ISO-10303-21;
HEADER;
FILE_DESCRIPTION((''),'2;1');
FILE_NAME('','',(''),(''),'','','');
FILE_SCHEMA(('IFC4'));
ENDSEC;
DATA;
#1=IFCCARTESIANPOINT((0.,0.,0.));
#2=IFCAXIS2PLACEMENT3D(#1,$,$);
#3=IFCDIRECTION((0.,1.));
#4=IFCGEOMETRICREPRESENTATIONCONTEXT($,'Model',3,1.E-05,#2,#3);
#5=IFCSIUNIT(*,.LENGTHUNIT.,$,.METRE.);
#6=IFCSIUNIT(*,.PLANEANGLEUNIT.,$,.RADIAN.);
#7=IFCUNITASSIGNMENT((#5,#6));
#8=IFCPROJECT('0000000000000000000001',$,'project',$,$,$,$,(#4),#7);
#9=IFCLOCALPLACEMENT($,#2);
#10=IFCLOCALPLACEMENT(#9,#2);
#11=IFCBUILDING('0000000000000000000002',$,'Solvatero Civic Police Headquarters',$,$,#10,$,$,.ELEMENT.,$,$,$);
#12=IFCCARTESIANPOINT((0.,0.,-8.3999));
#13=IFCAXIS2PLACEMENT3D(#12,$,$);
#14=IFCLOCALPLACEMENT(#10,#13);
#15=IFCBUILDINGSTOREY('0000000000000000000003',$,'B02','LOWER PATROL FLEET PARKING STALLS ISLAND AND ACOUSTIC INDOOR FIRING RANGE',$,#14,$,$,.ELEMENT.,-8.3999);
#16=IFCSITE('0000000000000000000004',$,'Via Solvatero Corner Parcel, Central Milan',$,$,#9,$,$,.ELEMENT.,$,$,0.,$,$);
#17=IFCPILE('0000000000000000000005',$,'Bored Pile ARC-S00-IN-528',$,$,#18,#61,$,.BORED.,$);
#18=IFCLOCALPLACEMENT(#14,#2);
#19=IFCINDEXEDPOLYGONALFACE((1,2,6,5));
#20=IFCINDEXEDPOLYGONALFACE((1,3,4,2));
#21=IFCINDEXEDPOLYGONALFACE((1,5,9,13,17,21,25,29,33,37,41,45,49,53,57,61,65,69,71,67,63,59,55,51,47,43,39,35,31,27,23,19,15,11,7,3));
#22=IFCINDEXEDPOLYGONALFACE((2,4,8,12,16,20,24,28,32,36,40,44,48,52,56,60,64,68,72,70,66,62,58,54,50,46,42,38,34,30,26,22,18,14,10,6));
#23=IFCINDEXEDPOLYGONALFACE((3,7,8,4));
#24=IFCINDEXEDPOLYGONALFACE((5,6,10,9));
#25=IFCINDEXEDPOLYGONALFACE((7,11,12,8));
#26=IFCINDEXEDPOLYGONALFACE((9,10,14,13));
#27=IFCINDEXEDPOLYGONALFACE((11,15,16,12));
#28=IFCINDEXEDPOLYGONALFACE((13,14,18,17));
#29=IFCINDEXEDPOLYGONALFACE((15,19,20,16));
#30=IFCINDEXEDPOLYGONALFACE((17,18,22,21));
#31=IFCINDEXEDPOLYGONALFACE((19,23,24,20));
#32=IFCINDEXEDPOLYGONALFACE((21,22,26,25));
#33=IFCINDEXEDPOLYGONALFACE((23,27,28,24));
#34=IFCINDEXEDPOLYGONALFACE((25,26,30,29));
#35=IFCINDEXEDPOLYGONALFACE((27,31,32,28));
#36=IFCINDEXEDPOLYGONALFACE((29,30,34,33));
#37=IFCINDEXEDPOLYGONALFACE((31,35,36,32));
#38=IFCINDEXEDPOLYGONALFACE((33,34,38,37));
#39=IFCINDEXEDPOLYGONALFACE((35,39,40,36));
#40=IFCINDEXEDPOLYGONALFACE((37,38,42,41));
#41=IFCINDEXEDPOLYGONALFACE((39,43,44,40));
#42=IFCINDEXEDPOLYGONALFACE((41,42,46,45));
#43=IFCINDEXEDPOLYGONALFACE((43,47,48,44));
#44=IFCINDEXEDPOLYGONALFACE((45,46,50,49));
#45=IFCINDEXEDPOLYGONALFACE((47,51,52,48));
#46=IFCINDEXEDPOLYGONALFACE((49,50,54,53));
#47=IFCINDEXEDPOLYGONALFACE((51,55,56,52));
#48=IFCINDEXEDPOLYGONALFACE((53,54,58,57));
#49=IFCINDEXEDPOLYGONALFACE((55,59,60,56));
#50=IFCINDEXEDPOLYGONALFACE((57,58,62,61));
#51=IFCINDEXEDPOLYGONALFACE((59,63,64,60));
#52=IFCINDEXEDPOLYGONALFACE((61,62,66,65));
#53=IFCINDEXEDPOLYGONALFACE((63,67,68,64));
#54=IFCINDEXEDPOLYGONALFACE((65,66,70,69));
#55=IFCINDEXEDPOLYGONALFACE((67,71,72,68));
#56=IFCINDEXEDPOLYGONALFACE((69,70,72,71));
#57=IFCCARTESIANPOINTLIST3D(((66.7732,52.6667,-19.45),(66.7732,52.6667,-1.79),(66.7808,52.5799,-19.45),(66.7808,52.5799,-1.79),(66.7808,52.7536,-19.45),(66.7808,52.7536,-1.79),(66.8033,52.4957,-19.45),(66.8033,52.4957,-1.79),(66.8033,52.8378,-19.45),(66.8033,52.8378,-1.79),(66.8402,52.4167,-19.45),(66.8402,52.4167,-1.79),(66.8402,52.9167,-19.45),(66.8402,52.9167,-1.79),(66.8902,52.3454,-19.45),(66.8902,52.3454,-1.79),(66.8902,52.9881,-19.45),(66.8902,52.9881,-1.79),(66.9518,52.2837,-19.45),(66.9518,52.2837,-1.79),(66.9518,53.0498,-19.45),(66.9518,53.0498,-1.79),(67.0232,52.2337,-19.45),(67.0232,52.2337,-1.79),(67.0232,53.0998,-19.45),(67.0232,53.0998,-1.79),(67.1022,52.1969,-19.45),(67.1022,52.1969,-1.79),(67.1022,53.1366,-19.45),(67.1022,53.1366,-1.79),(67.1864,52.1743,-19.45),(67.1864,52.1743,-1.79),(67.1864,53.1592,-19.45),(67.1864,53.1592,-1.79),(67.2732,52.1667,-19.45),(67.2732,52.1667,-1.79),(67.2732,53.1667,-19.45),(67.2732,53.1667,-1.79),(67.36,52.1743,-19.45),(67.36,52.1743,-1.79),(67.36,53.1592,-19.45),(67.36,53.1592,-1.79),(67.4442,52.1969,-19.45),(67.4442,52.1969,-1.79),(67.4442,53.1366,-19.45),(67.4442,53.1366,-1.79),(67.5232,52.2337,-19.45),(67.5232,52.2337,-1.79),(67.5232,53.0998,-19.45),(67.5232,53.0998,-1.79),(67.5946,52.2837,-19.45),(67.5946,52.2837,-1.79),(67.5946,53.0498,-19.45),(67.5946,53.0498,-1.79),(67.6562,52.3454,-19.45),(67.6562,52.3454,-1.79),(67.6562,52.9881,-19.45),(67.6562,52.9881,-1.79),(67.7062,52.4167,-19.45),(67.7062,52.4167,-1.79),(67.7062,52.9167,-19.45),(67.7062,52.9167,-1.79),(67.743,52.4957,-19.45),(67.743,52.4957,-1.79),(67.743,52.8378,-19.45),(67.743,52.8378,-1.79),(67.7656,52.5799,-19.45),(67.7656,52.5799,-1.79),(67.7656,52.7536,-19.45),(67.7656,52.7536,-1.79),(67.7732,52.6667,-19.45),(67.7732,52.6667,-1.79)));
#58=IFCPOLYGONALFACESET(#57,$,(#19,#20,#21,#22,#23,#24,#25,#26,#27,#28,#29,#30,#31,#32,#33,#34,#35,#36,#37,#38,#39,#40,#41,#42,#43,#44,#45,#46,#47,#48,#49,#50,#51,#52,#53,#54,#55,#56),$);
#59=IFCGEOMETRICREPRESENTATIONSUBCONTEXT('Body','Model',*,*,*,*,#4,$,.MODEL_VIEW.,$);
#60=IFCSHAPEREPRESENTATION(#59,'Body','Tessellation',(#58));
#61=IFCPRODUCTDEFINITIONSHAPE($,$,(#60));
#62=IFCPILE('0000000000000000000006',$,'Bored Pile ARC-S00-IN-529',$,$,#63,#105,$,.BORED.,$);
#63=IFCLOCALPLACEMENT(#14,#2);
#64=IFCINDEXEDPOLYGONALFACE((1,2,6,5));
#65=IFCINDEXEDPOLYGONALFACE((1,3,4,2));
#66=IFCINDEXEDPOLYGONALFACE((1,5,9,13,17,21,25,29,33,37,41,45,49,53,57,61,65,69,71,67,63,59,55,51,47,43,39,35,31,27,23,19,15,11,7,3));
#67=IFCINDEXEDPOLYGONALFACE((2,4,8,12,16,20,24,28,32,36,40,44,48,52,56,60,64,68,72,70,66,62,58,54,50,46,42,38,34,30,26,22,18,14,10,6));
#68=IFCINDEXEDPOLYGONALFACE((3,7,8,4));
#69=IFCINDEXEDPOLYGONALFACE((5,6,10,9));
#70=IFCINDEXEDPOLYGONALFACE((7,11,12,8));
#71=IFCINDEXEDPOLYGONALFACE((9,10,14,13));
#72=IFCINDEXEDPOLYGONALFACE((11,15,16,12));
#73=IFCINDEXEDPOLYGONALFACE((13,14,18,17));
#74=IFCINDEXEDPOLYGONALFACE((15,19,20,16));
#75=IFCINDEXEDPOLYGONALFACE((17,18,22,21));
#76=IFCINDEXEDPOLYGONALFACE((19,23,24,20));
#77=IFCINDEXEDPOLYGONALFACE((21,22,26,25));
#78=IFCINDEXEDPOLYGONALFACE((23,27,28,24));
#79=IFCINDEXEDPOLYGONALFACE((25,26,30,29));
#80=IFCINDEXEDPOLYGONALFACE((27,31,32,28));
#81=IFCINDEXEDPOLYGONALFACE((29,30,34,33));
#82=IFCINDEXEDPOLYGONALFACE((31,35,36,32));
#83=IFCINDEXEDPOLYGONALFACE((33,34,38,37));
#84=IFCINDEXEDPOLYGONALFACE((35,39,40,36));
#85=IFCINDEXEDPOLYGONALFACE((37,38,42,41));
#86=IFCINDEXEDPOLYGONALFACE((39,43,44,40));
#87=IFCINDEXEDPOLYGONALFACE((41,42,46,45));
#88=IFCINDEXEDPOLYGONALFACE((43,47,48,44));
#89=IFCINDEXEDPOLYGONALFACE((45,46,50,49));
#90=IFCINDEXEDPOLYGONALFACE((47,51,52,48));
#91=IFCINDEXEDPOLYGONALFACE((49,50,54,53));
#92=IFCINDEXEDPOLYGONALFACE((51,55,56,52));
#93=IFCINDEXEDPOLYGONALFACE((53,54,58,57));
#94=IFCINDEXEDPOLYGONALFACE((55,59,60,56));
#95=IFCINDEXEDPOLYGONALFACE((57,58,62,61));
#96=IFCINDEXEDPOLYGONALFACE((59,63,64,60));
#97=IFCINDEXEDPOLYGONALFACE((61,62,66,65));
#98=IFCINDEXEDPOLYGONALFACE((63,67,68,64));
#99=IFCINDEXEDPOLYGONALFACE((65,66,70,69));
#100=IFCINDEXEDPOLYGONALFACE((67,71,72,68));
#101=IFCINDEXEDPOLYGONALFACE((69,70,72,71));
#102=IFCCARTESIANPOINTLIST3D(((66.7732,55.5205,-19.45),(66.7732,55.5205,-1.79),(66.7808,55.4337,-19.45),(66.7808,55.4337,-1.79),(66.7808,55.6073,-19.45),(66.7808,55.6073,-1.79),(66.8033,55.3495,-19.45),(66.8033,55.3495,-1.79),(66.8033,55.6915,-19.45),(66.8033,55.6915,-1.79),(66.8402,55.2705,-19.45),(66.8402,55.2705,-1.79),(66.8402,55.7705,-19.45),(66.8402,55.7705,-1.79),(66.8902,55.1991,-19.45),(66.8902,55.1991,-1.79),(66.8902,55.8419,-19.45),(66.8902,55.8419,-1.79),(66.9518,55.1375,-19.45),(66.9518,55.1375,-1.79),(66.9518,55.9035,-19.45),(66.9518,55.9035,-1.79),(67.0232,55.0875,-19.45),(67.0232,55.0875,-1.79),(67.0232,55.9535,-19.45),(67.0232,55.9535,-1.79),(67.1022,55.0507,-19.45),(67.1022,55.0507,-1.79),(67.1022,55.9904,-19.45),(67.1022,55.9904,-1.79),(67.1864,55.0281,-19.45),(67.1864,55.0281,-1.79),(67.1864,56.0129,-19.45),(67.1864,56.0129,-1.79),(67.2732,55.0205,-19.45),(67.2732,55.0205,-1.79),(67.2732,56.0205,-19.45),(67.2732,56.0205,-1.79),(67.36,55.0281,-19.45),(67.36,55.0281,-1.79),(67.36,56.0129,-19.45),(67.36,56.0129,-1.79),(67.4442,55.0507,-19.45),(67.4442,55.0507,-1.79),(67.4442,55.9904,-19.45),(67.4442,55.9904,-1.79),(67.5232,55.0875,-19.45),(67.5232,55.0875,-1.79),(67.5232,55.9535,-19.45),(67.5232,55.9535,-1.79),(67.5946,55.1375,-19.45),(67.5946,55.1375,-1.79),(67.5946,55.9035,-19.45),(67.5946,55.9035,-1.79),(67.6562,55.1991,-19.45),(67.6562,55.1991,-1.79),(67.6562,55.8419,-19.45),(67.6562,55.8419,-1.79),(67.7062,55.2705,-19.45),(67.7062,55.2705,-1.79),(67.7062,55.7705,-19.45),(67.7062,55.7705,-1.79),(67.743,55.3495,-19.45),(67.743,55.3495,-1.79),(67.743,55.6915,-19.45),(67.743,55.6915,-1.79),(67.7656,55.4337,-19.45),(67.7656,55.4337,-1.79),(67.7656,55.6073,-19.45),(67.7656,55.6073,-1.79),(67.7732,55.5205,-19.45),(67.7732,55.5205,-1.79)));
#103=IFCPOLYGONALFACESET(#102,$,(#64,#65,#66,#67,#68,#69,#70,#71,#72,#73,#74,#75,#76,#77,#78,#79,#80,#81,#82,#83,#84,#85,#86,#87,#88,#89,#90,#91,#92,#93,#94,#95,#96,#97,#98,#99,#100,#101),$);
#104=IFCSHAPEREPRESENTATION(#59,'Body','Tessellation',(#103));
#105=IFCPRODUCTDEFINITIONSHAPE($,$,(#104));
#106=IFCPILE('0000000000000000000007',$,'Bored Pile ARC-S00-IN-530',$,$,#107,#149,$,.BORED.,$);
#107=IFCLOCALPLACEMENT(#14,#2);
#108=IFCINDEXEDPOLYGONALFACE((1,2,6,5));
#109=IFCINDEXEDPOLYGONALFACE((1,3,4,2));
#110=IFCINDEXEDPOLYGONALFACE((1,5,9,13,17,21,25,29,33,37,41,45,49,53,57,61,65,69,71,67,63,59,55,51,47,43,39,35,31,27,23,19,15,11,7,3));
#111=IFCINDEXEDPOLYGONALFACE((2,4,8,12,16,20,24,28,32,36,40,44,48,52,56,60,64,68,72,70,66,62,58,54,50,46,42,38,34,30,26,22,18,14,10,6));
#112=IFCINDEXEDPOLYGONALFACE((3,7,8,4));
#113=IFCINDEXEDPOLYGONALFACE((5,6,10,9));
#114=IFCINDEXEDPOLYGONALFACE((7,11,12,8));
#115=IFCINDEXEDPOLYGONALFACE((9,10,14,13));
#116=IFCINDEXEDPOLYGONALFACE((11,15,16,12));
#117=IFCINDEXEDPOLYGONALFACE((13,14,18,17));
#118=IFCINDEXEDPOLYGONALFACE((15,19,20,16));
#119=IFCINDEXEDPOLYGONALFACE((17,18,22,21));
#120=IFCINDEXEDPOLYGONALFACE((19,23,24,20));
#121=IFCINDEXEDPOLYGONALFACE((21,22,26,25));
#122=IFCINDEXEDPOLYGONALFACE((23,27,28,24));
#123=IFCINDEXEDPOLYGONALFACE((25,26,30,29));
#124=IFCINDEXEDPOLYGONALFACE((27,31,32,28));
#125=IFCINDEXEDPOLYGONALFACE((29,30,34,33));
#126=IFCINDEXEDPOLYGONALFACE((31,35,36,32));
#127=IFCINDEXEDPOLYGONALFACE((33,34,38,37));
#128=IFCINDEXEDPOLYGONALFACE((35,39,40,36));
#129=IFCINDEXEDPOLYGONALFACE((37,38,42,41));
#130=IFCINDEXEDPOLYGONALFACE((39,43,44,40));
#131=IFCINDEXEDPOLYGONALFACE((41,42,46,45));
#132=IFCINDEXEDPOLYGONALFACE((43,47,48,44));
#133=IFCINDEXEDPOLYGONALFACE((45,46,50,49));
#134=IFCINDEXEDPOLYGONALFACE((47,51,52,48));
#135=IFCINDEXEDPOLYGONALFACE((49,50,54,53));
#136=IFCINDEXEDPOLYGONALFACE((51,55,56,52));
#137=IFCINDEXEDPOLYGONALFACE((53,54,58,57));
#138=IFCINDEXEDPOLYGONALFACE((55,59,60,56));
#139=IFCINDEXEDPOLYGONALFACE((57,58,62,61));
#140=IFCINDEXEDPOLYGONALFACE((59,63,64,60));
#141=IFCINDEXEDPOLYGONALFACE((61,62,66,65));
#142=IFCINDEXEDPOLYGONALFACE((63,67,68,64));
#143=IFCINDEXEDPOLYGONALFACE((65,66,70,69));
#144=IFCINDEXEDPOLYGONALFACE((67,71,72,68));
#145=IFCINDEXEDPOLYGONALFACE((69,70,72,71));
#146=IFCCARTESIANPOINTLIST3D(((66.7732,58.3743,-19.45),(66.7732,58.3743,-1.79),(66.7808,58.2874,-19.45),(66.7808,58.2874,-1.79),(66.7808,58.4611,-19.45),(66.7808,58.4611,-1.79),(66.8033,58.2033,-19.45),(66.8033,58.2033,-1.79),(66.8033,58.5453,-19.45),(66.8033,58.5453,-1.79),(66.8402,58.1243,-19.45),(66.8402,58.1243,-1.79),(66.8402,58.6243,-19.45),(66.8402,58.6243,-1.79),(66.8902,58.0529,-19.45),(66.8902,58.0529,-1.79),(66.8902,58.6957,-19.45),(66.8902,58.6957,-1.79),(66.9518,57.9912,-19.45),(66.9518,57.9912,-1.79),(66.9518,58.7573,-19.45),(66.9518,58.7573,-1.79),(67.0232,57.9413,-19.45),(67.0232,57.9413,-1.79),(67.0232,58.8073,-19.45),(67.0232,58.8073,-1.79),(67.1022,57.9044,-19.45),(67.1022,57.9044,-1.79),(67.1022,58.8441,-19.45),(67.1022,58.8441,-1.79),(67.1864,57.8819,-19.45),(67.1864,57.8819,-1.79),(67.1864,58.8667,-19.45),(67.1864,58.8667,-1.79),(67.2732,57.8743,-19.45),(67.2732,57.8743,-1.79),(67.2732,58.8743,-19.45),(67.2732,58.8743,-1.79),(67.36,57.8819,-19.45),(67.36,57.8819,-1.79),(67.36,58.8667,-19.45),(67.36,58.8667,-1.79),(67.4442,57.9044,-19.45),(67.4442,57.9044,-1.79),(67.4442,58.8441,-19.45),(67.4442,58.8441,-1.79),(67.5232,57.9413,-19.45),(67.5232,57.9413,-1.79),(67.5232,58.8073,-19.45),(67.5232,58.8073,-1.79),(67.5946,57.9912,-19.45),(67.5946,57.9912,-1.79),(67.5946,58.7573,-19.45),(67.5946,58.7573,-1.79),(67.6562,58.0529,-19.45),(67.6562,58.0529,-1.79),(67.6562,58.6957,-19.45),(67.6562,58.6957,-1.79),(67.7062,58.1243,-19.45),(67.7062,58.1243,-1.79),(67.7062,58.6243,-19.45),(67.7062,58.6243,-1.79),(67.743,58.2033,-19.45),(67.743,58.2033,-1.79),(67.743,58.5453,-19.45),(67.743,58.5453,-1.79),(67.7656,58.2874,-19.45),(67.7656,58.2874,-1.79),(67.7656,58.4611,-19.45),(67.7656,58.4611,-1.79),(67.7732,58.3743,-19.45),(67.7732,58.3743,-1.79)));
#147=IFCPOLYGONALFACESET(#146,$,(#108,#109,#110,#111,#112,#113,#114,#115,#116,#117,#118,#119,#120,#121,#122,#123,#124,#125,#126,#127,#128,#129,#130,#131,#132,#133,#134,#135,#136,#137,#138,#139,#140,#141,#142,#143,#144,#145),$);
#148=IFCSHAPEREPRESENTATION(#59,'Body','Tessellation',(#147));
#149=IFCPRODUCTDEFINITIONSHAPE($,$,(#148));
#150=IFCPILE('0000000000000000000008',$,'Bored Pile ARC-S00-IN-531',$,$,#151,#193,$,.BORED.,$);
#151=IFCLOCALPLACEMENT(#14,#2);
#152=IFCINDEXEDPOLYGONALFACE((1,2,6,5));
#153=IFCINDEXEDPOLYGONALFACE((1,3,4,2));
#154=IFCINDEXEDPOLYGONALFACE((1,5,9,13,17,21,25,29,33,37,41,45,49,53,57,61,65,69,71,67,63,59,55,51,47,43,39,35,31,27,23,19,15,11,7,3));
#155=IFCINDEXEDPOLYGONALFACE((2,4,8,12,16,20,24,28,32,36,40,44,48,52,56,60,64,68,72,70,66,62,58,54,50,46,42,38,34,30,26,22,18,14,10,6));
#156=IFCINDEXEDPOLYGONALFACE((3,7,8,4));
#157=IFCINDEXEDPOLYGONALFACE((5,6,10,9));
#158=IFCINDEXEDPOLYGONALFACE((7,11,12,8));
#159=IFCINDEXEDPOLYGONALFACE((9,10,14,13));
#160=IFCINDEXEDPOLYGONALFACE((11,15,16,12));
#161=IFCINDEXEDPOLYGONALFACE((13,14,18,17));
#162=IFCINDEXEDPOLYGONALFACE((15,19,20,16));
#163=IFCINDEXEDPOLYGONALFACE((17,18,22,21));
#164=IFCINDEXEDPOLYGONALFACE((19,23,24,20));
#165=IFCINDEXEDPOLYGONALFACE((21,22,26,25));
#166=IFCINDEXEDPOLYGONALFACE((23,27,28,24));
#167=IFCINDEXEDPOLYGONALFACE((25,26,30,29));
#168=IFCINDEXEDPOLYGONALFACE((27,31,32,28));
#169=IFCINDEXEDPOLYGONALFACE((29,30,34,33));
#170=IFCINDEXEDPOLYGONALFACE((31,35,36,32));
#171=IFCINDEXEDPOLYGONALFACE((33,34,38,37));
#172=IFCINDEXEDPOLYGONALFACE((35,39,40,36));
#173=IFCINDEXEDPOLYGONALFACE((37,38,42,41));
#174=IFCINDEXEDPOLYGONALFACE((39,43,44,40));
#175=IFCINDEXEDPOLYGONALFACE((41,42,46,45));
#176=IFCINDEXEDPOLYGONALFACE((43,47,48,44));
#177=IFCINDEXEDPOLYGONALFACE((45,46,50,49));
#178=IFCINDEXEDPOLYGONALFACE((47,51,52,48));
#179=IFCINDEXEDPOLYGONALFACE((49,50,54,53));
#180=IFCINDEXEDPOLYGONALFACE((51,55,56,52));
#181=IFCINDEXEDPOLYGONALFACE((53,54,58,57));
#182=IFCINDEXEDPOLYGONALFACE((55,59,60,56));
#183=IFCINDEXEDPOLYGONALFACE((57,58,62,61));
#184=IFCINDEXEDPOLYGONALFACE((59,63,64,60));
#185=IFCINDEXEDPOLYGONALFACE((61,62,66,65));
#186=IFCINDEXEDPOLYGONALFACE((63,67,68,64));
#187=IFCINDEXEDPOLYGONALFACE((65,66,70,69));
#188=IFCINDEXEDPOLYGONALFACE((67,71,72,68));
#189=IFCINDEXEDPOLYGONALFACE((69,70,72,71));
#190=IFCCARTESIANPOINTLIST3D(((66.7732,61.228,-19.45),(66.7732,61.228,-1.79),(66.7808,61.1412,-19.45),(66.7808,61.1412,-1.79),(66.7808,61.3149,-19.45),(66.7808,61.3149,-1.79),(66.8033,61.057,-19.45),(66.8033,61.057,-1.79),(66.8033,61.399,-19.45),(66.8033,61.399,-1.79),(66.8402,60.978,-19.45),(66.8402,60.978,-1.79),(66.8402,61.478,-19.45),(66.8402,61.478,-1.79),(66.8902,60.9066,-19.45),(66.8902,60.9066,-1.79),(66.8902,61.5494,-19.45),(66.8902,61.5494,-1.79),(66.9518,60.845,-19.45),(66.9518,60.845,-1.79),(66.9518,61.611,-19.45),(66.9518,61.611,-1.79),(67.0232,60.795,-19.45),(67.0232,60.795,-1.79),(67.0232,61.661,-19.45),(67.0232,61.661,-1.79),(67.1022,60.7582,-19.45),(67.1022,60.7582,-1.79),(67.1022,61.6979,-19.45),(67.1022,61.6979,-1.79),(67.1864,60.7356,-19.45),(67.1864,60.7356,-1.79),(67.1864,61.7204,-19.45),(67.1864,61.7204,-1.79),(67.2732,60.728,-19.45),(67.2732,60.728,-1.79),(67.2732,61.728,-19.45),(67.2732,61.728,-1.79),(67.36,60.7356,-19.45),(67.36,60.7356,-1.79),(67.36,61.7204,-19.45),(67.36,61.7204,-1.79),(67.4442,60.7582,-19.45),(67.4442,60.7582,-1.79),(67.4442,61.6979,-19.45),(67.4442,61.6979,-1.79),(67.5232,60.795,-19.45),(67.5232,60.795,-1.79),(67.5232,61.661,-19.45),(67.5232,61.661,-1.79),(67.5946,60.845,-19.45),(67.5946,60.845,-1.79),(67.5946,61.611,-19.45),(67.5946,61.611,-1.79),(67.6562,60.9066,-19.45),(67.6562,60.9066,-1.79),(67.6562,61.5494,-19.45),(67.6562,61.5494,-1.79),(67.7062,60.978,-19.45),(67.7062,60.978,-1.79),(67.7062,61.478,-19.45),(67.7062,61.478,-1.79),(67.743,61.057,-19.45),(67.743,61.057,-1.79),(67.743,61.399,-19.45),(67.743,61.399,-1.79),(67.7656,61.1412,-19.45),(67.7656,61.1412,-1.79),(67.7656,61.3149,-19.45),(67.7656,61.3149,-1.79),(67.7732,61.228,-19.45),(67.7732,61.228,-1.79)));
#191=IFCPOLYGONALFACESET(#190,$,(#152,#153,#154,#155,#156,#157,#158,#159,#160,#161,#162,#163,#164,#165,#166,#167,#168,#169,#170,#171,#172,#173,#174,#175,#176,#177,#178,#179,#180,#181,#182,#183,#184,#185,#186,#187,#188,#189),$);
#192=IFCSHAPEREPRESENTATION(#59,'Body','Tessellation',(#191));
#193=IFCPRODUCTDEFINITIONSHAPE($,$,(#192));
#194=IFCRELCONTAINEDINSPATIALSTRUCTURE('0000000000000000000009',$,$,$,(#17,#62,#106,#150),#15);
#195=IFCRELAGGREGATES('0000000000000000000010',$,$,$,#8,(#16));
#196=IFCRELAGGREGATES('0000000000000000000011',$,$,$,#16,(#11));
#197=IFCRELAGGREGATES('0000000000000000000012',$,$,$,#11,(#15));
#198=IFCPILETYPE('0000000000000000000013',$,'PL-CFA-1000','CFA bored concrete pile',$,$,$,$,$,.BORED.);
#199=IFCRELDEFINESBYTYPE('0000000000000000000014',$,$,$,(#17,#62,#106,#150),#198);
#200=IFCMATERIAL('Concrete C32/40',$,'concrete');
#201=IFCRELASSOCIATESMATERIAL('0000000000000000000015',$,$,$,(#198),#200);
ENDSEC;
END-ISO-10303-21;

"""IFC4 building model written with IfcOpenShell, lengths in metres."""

from ifc_helpers import new_model, si_unit, direction, frame, origin, origin_2d, place, context, subcontext, project, spatial, circle, extrude, material, material_profile, profile_set, type_object, element, save


model = new_model("IFC4")

# Units and contexts
model_context = context("Model", 3, precision=1e-05, world=origin(), true_north=direction((0.0, 1.0)))
body_context = subcontext(model_context, "Body", "Model", "MODEL_VIEW")
ifc_project = project(units=[si_unit("LENGTHUNIT", "METRE"), si_unit("PLANEANGLEUNIT", "RADIAN")], contexts=[model_context])

# Site, building, storey
site_placement = place(None, origin())
site = spatial("IfcSite", under=ifc_project, at=site_placement, Name="Via Solvatero Corner Parcel, Central Milan", CompositionType="ELEMENT", RefElevation=0.0)
building_placement = place(site_placement, origin())
building = spatial("IfcBuilding", under=site, at=building_placement, Name="Solvatero Civic Police Headquarters", CompositionType="ELEMENT")
storey_placement = place(building_placement, frame((0.0, 0.0, -8.3999)))
storey = spatial("IfcBuildingStorey", under=building, at=storey_placement, Name="B02", Description="LOWER PATROL FLEET PARKING STALLS ISLAND AND ACOUSTIC INDOOR FIRING RANGE", CompositionType="ELEMENT", Elevation=-8.3999)

# Piles
ifc_material_1 = material(Name="Concrete C32/40", Category="concrete")
ifc_material_profile_1 = material_profile(ifc_material_1, circle(Radius=0.5, at=origin_2d()), Name="CFA PILE D1000")
ifc_profile_set_1 = profile_set([ifc_material_profile_1], Name="Concrete C32/40")
pile_type = type_object("IfcPileType", Name="PL-CFA-1000", Description="CFA bored concrete pile", PredefinedType="BORED", material=ifc_profile_set_1)
for number, where, z_axis, x_axis, name in (
    (1, (67.2732, 52.6667, -1.79), (0.0, 0.0, -1.0), (1.0, 0.0, 0.0), "Bored Pile ARC-S00-IN-528"),
    (2, (67.2732, 55.5205, -1.79), (0.0, 0.0, -1.0), (1.0, 0.0, 0.0), "Bored Pile ARC-S00-IN-529"),
    (3, (67.2732, 58.3743, -1.79), (0.0, 0.0, -1.0), (1.0, 0.0, 0.0), "Bored Pile ARC-S00-IN-530"),
    (4, (67.2732, 61.228, -1.79), (0.0, 0.0, -1.0), (1.0, 0.0, 0.0), "Bored Pile ARC-S00-IN-531"),
):
    element("IfcPile", number, at=place(storey_placement, frame(where, z_axis=z_axis, x_axis=x_axis)), inside=storey, type_object=pile_type, Name=name, PredefinedType="BORED", context=body_context, shape_type="SweptSolid", body=[
        extrude(circle(Radius=0.5, at=origin_2d()), origin(), (0.0, 0.0, 1.0), 17.6599),
    ])

save(model, "model.ifc")
